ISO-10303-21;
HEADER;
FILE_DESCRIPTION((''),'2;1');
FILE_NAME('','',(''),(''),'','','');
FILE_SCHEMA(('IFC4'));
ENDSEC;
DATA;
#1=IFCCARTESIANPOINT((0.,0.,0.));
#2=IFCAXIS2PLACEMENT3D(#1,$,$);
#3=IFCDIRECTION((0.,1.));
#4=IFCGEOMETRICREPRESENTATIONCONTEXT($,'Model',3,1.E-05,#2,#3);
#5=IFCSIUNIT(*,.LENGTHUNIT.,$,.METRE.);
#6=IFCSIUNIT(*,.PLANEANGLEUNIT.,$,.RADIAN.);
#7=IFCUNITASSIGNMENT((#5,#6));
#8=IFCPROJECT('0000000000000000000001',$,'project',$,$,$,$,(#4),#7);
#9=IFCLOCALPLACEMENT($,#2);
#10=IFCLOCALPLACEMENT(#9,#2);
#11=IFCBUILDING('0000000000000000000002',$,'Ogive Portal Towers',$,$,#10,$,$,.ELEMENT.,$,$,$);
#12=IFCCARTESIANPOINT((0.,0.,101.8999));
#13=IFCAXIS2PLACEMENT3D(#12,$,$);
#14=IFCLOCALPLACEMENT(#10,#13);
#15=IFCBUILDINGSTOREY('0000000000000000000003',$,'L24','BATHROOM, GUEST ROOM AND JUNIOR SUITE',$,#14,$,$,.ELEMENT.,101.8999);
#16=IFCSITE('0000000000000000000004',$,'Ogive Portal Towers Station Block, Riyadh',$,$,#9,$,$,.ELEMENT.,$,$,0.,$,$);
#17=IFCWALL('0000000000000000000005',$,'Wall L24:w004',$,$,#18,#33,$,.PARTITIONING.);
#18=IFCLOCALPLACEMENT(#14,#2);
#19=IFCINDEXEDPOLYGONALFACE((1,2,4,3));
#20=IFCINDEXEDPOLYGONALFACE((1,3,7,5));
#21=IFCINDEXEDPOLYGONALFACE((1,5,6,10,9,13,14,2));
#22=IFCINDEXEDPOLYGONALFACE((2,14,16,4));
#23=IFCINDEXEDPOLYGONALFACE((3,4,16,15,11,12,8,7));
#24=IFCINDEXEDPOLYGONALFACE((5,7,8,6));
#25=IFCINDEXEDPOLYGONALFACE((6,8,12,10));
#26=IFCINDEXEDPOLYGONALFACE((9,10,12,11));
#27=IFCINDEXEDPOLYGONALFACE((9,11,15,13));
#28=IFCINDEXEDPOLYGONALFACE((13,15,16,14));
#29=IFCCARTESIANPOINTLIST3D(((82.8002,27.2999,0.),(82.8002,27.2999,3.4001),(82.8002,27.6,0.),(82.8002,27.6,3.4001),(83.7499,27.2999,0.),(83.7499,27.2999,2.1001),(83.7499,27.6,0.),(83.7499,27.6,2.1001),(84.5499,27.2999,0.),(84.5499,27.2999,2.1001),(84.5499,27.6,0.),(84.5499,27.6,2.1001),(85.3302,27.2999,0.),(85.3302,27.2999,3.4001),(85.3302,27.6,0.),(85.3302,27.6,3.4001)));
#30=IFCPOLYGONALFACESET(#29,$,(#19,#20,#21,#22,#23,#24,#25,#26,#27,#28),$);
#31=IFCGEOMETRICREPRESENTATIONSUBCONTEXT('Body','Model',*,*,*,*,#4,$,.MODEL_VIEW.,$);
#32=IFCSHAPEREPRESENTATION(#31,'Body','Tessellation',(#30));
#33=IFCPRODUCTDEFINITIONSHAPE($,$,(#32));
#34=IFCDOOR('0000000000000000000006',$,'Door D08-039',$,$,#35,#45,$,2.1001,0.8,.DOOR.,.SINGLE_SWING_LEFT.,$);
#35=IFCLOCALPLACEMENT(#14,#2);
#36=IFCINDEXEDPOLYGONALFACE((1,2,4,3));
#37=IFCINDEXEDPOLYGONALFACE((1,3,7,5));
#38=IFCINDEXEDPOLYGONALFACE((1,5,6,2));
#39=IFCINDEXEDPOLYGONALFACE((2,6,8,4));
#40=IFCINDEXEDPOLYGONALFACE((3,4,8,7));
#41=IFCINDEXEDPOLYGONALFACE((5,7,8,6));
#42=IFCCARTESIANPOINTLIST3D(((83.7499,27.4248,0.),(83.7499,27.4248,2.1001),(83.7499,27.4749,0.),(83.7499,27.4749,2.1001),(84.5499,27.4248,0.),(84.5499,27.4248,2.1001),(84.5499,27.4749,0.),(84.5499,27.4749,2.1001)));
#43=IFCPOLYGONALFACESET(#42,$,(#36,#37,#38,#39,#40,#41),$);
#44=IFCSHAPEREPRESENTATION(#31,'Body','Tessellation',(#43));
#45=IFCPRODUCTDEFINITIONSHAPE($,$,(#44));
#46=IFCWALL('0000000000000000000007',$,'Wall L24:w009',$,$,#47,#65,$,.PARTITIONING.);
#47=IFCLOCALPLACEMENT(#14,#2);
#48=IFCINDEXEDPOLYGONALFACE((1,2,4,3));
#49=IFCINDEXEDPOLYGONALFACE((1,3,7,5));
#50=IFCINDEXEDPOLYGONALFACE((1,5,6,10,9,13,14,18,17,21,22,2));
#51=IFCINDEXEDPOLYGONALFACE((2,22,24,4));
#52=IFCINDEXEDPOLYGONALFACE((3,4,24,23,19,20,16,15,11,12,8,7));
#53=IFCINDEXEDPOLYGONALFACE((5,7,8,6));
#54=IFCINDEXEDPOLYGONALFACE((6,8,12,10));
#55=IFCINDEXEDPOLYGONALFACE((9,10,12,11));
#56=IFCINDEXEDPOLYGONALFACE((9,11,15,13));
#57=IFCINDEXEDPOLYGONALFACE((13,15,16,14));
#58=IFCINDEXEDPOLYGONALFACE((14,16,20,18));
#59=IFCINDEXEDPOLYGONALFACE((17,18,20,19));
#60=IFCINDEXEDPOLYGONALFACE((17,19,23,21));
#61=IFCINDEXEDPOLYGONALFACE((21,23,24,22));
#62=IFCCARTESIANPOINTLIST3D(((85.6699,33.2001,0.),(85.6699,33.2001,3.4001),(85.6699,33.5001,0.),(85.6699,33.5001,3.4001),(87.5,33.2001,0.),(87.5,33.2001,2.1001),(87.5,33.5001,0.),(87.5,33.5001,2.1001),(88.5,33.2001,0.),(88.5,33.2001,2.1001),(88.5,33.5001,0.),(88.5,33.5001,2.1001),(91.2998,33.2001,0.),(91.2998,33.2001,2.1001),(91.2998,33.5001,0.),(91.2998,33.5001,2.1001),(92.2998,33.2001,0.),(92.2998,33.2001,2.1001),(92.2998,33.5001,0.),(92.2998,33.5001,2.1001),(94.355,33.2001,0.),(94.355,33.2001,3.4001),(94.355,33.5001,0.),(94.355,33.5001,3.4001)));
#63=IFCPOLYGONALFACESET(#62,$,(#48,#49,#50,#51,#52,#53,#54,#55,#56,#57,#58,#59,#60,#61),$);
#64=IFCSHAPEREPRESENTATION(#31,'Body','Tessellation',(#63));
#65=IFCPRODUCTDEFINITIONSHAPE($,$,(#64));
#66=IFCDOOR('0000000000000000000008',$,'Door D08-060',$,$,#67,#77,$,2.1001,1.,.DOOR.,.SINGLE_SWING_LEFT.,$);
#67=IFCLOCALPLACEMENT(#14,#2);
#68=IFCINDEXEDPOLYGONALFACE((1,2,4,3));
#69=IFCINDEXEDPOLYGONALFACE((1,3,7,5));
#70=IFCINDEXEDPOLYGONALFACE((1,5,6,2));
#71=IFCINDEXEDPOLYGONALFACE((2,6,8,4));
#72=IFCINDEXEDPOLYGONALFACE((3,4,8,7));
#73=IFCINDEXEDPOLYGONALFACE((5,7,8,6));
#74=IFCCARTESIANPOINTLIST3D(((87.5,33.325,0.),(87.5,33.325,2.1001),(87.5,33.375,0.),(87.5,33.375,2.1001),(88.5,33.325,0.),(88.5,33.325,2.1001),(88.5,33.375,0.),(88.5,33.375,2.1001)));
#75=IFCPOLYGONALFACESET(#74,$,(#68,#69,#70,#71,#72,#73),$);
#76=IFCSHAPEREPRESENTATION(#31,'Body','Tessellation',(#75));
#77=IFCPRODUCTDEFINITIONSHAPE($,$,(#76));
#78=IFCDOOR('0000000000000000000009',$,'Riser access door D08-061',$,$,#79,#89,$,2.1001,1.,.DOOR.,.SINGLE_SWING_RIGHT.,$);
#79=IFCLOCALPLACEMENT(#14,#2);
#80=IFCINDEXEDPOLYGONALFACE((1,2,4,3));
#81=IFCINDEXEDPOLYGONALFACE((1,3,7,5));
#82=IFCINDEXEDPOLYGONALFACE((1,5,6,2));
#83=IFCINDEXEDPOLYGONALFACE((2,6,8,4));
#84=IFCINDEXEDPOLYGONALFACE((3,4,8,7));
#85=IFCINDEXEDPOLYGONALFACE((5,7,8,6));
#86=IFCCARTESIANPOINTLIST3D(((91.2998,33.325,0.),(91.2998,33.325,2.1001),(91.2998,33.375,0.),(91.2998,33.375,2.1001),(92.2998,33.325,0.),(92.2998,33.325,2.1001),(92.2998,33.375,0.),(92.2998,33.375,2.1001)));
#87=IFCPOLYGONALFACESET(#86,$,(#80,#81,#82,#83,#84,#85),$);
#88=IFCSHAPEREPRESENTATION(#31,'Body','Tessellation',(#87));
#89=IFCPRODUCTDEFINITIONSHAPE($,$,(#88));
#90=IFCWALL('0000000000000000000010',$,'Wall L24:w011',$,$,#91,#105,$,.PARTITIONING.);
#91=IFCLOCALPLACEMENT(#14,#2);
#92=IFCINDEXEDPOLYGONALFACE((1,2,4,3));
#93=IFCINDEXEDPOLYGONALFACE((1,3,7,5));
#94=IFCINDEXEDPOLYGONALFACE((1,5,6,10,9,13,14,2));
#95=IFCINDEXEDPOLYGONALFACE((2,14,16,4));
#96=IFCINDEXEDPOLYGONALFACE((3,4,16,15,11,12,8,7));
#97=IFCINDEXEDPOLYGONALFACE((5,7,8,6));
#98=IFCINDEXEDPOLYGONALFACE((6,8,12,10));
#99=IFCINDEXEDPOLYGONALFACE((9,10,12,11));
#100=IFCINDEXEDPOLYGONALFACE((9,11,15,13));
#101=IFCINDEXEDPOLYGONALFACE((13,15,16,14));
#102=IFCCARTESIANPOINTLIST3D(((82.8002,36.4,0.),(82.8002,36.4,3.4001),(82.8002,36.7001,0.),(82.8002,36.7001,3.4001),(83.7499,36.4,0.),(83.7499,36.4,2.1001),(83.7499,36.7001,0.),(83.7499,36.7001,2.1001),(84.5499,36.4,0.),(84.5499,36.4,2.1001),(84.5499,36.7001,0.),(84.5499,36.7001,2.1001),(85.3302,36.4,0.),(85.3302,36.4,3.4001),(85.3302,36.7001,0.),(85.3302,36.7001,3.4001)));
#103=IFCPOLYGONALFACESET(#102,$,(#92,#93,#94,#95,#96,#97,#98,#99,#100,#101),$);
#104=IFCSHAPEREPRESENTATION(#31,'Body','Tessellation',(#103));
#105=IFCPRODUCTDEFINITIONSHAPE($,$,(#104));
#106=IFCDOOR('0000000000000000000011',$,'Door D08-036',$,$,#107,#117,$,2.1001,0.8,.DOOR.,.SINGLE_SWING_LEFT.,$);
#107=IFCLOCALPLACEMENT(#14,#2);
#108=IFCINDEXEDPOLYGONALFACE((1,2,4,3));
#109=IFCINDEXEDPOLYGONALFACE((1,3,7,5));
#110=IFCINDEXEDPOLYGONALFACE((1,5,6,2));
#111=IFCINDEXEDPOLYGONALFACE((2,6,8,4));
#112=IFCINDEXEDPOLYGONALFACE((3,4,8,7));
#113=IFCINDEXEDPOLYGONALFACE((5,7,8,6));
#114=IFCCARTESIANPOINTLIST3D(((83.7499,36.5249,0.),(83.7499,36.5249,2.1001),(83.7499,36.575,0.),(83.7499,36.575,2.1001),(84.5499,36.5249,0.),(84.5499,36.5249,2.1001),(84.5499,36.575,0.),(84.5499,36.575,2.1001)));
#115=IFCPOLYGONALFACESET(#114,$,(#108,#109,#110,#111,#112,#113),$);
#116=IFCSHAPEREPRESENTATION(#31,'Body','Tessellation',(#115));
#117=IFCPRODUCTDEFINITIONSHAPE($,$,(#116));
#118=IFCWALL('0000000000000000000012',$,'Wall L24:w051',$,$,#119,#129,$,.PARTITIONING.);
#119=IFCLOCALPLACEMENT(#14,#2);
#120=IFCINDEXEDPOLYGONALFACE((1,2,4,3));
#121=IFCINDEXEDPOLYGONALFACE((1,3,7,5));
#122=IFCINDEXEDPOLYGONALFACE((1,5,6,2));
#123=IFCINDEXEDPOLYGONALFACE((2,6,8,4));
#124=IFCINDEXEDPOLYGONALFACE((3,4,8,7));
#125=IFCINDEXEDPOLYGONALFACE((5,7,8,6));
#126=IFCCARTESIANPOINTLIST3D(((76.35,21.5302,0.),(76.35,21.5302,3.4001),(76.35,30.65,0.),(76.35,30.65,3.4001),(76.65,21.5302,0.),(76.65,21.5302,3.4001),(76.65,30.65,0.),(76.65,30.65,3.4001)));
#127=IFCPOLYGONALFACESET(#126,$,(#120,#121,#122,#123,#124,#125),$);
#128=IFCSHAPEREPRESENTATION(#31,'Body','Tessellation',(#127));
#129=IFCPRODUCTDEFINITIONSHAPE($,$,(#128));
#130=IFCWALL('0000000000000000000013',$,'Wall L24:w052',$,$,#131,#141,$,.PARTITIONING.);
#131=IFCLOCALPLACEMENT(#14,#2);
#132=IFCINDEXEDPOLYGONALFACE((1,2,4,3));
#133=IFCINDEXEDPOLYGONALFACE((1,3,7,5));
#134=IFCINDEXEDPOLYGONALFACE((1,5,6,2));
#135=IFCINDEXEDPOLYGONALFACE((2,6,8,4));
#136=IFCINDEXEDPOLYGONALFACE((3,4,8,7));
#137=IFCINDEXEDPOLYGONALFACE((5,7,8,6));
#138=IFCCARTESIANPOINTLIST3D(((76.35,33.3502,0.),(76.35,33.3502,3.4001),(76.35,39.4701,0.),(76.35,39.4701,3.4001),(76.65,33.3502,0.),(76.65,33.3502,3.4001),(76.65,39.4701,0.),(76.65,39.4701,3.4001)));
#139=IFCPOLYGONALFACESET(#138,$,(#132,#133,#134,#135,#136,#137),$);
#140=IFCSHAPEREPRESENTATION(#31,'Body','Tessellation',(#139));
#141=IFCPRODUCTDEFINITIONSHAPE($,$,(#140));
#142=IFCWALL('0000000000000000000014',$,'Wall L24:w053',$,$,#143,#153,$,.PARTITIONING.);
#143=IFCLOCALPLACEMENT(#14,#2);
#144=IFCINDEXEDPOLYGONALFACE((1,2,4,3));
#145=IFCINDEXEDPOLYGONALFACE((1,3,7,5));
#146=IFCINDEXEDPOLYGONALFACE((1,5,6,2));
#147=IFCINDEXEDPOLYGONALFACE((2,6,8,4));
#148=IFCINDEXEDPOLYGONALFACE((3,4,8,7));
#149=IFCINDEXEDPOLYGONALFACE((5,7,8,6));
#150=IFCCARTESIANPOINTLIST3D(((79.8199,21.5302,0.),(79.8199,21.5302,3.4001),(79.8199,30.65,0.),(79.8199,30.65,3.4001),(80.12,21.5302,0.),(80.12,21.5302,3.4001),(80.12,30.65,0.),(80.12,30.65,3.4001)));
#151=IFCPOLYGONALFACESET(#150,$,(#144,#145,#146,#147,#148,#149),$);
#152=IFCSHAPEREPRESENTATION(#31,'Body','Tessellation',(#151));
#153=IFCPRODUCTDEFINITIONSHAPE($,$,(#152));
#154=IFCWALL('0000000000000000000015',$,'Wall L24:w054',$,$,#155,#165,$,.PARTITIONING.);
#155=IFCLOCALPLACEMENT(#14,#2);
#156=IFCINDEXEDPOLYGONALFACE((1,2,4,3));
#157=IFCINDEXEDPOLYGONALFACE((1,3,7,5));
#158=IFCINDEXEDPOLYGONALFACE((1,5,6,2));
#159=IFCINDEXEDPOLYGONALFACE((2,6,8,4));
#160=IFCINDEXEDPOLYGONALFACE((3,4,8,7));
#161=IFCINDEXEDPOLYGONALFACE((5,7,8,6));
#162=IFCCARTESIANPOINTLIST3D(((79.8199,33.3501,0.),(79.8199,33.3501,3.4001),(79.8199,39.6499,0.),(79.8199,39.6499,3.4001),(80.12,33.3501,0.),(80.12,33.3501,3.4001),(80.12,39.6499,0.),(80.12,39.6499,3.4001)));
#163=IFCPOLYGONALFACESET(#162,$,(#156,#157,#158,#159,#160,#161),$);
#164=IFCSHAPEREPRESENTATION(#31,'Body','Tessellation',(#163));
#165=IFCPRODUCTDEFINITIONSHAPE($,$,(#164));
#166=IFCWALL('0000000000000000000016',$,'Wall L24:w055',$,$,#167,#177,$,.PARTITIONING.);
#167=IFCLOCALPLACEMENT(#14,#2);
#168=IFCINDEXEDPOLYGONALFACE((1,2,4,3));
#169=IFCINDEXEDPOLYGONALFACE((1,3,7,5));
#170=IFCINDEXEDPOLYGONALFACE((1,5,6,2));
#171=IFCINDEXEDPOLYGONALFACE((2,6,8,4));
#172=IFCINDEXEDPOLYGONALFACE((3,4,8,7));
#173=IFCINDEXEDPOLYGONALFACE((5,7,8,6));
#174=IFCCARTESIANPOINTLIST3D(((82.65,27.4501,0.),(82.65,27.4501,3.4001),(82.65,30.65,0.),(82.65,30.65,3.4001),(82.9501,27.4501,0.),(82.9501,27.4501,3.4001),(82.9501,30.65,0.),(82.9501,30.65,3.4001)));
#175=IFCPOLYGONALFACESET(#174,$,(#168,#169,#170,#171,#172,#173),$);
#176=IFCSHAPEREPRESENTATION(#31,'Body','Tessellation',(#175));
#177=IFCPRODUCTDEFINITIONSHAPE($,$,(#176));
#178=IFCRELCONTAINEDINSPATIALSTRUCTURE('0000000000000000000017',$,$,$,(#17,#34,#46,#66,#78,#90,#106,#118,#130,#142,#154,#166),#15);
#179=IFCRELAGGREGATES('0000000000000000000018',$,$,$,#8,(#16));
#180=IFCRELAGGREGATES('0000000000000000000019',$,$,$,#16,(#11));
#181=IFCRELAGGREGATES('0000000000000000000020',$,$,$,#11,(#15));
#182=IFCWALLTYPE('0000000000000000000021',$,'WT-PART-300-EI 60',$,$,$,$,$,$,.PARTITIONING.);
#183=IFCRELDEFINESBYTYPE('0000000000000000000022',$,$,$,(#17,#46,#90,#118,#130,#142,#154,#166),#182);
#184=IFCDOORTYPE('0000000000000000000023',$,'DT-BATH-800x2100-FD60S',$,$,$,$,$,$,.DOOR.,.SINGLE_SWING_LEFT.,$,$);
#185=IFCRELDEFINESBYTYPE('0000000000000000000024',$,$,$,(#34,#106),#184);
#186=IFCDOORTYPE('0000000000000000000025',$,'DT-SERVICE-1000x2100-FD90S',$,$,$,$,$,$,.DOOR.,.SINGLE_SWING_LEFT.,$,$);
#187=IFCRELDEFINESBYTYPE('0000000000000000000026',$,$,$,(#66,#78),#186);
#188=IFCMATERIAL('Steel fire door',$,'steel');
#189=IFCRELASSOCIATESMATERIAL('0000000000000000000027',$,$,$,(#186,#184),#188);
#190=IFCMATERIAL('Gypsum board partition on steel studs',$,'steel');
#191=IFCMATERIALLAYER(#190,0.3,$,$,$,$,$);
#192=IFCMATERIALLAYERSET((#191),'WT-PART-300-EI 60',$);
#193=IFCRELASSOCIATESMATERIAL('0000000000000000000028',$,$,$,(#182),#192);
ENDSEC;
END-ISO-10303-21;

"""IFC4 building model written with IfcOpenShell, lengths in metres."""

from ifc_helpers import new_model, si_unit, direction, frame, frame_2d, origin, place, context, subcontext, project, spatial, rectangle, extrude, material, layer, layer_set, type_object, element, fill, save


model = new_model("IFC4")

# Units and contexts
model_context = context("Model", 3, precision=1e-05, world=origin(), true_north=direction((0.0, 1.0)))
body_context = subcontext(model_context, "Body", "Model", "MODEL_VIEW")
ifc_project = project(units=[si_unit("LENGTHUNIT", "METRE"), si_unit("PLANEANGLEUNIT", "RADIAN")], contexts=[model_context])

# Site, building, storey
site_placement = place(None, origin())
site = spatial("IfcSite", under=ifc_project, at=site_placement, Name="Ogive Portal Towers Station Block, Riyadh", CompositionType="ELEMENT", RefElevation=0.0)
building_placement = place(site_placement, origin())
building = spatial("IfcBuilding", under=site, at=building_placement, Name="Ogive Portal Towers", CompositionType="ELEMENT")
storey_placement = place(building_placement, frame((0.0, 0.0, 101.8999)))
storey = spatial("IfcBuildingStorey", under=building, at=storey_placement, Name="L24", Description="BATHROOM, GUEST ROOM AND JUNIOR SUITE", CompositionType="ELEMENT", Elevation=101.8999)

# Shared definitions
ifc_material_1 = material(Name="Steel fire door", Category="steel")

# Shared definitions
door_type_1 = type_object("IfcDoorType", Name="DT-SERVICE-1000x2100-FD90S", OperationType="SINGLE_SWING_LEFT", PredefinedType="DOOR", material=ifc_material_1)

# Wall, opening, door
ifc_material_2 = material(Name="Gypsum board partition on steel studs", Category="steel")
ifc_layer_1 = layer(ifc_material_2, 0.3)
ifc_layer_set_1 = layer_set([ifc_layer_1], Name="WT-PART-300-EI 60")
wall_type_1 = type_object("IfcWallType", Name="WT-PART-300-EI 60", PredefinedType="PARTITIONING", material=ifc_layer_set_1)
wall_1_placement = place(storey_placement, frame((82.8, 27.45, 0.0), z_axis=(0.0, 0.0, 1.0), x_axis=(1.0, 0.0, 0.0)))
wall_1 = element("IfcWall", 1, at=wall_1_placement, inside=storey, type_object=wall_type_1, Name="Wall L24:w004", PredefinedType="PARTITIONING", context=body_context, shape_type="SweptSolid", body=[
    extrude(rectangle(XDim=2.53, YDim=0.3, at=frame_2d((1.2651, 0.0))), origin(), (0.0, 0.0, 1.0), 3.4001),
])
opening_1_placement = place(wall_1_placement, frame((0.95, 0.0, 0.0)))
opening_1 = element("IfcOpeningElement", 2, at=opening_1_placement, cuts=wall_1, PredefinedType="OPENING", context=body_context, shape_type="SweptSolid", body=[
    extrude(rectangle(XDim=0.8, YDim=2.1001, at=frame_2d((0.3999, 1.05))), frame((0.0, 0.1602, 0.0), z_axis=(0.0, -1.0, 0.0), x_axis=(1.0, 0.0, 0.0)), (0.0, 0.0, 1.0), 0.3201),
])
door_type_2 = type_object("IfcDoorType", Name="DT-BATH-800x2100-FD60S", OperationType="SINGLE_SWING_LEFT", PredefinedType="DOOR", material=ifc_material_1)
door_1_placement = place(opening_1_placement, origin())
door_1 = element("IfcDoor", 3, at=door_1_placement, inside=storey, type_object=door_type_2, Name="Door D08-039", OperationType="SINGLE_SWING_LEFT", OverallHeight=2.1001, OverallWidth=0.8, PredefinedType="DOOR", context=body_context, shape_type="SweptSolid", body=[
    extrude(rectangle(XDim=0.8, YDim=2.1001, at=frame_2d((0.3999, 1.05))), frame((0.0, 0.0249, 0.0), z_axis=(0.0, -1.0, 0.0), x_axis=(1.0, 0.0, 0.0)), (0.0, 0.0, 1.0), 0.05),
])
fill(opening_1, door_1)

# Wall, openings, doors
wall_2_placement = place(storey_placement, frame((85.6699, 33.3501, 0.0), z_axis=(0.0, 0.0, 1.0), x_axis=(1.0, 0.0, 0.0)))
wall_2 = element("IfcWall", 4, at=wall_2_placement, inside=storey, type_object=wall_type_1, Name="Wall L24:w009", PredefinedType="PARTITIONING", context=body_context, shape_type="SweptSolid", body=[
    extrude(rectangle(XDim=8.6851, YDim=0.3, at=frame_2d((4.3425, 0.0))), origin(), (0.0, 0.0, 1.0), 3.4001),
])
opening_2_placement = place(wall_2_placement, frame((1.8301, 0.0, 0.0)))
opening_2 = element("IfcOpeningElement", 5, at=opening_2_placement, cuts=wall_2, PredefinedType="OPENING", context=body_context, shape_type="SweptSolid", body=[
    extrude(rectangle(XDim=1.0, YDim=2.1001, at=frame_2d((0.5, 1.05))), frame((0.0, 0.1602, 0.0), z_axis=(0.0, -1.0, 0.0), x_axis=(1.0, 0.0, 0.0)), (0.0, 0.0, 1.0), 0.3201),
])
opening_3_placement = place(wall_2_placement, frame((5.6299, 0.0, 0.0)))
opening_3 = element("IfcOpeningElement", 6, at=opening_3_placement, cuts=wall_2, PredefinedType="OPENING", context=body_context, shape_type="SweptSolid", body=[
    extrude(rectangle(XDim=1.0, YDim=2.1001, at=frame_2d((0.5, 1.05))), frame((0.0, 0.1602, 0.0), z_axis=(0.0, -1.0, 0.0), x_axis=(1.0, 0.0, 0.0)), (0.0, 0.0, 1.0), 0.3201),
])
door_2_placement = place(opening_2_placement, origin())
door_2 = element("IfcDoor", 7, at=door_2_placement, inside=storey, type_object=door_type_1, Name="Door D08-060", OperationType="SINGLE_SWING_LEFT", OverallHeight=2.1001, OverallWidth=1.0, PredefinedType="DOOR", context=body_context, shape_type="SweptSolid", body=[
    extrude(rectangle(XDim=1.0, YDim=2.1001, at=frame_2d((0.5, 1.05))), frame((0.0, 0.0249, 0.0), z_axis=(0.0, -1.0, 0.0), x_axis=(1.0, 0.0, 0.0)), (0.0, 0.0, 1.0), 0.05),
])
fill(opening_2, door_2)
door_3_placement = place(opening_3_placement, origin())
door_3 = element("IfcDoor", 8, at=door_3_placement, inside=storey, type_object=door_type_1, Name="Riser access door D08-061", OperationType="SINGLE_SWING_RIGHT", OverallHeight=2.1001, OverallWidth=1.0, PredefinedType="DOOR", context=body_context, shape_type="SweptSolid", body=[
    extrude(rectangle(XDim=1.0, YDim=2.1001, at=frame_2d((0.5, 1.05))), frame((0.0, 0.0249, 0.0), z_axis=(0.0, -1.0, 0.0), x_axis=(1.0, 0.0, 0.0)), (0.0, 0.0, 1.0), 0.05),
])
fill(opening_3, door_3)

# Wall, opening, door
wall_3_placement = place(storey_placement, frame((82.8, 36.55, 0.0), z_axis=(0.0, 0.0, 1.0), x_axis=(1.0, 0.0, 0.0)))
wall_3 = element("IfcWall", 9, at=wall_3_placement, inside=storey, type_object=wall_type_1, Name="Wall L24:w011", PredefinedType="PARTITIONING", context=body_context, shape_type="SweptSolid", body=[
    extrude(rectangle(XDim=2.53, YDim=0.3, at=frame_2d((1.2651, 0.0))), origin(), (0.0, 0.0, 1.0), 3.4001),
])
opening_4_placement = place(wall_3_placement, frame((0.95, 0.0, 0.0)))
opening_4 = element("IfcOpeningElement", 10, at=opening_4_placement, cuts=wall_3, PredefinedType="OPENING", context=body_context, shape_type="SweptSolid", body=[
    extrude(rectangle(XDim=0.8, YDim=2.1001, at=frame_2d((0.3999, 1.05))), frame((0.0, 0.1602, 0.0), z_axis=(0.0, -1.0, 0.0), x_axis=(1.0, 0.0, 0.0)), (0.0, 0.0, 1.0), 0.3201),
])
door_4_placement = place(opening_4_placement, origin())
door_4 = element("IfcDoor", 11, at=door_4_placement, inside=storey, type_object=door_type_2, Name="Door D08-036", OperationType="SINGLE_SWING_LEFT", OverallHeight=2.1001, OverallWidth=0.8, PredefinedType="DOOR", context=body_context, shape_type="SweptSolid", body=[
    extrude(rectangle(XDim=0.8, YDim=2.1001, at=frame_2d((0.3999, 1.05))), frame((0.0, 0.0249, 0.0), z_axis=(0.0, -1.0, 0.0), x_axis=(1.0, 0.0, 0.0)), (0.0, 0.0, 1.0), 0.05),
])
fill(opening_4, door_4)

# Walls
wall_4_placement = place(storey_placement, frame((76.5, 21.53, 0.0), z_axis=(0.0, 0.0, 1.0), x_axis=(0.0, 1.0, 0.0)))
element("IfcWall", 12, at=wall_4_placement, inside=storey, type_object=wall_type_1, Name="Wall L24:w051", PredefinedType="PARTITIONING", context=body_context, shape_type="SweptSolid", body=[
    extrude(rectangle(XDim=9.1199, YDim=0.3, at=frame_2d((4.5601, 0.0))), origin(), (0.0, 0.0, 1.0), 3.4001),
])
wall_5_placement = place(storey_placement, frame((76.5, 33.3501, 0.0), z_axis=(0.0, 0.0, 1.0), x_axis=(0.0, 1.0, 0.0)))
element("IfcWall", 13, at=wall_5_placement, inside=storey, type_object=wall_type_1, Name="Wall L24:w052", PredefinedType="PARTITIONING", context=body_context, shape_type="SweptSolid", body=[
    extrude(rectangle(XDim=6.1199, YDim=0.3, at=frame_2d((3.0601, 0.0))), origin(), (0.0, 0.0, 1.0), 3.4001),
])
wall_6_placement = place(storey_placement, frame((79.97, 21.53, 0.0), z_axis=(0.0, 0.0, 1.0), x_axis=(0.0, 1.0, 0.0)))
element("IfcWall", 14, at=wall_6_placement, inside=storey, type_object=wall_type_1, Name="Wall L24:w053", PredefinedType="PARTITIONING", context=body_context, shape_type="SweptSolid", body=[
    extrude(rectangle(XDim=9.1199, YDim=0.3, at=frame_2d((4.5601, 0.0))), origin(), (0.0, 0.0, 1.0), 3.4001),
])
wall_7_placement = place(storey_placement, frame((79.97, 33.3501, 0.0), z_axis=(0.0, 0.0, 1.0), x_axis=(0.0, 1.0, 0.0)))
element("IfcWall", 15, at=wall_7_placement, inside=storey, type_object=wall_type_1, Name="Wall L24:w054", PredefinedType="PARTITIONING", context=body_context, shape_type="SweptSolid", body=[
    extrude(rectangle(XDim=6.2998, YDim=0.3, at=frame_2d((3.1499, 0.0))), origin(), (0.0, 0.0, 1.0), 3.4001),
])
for number, where, z_axis, x_axis, name in (
    (16, (82.8, 27.45, 0.0), (0.0, 0.0, 1.0), (0.0, 1.0, 0.0), "Wall L24:w055"),
):
    element("IfcWall", number, at=place(storey_placement, frame(where, z_axis=z_axis, x_axis=x_axis)), inside=storey, type_object=wall_type_1, Name=name, PredefinedType="PARTITIONING", context=body_context, shape_type="SweptSolid", body=[
        extrude(rectangle(XDim=3.2, YDim=0.3, at=frame_2d((1.6001, 0.0))), origin(), (0.0, 0.0, 1.0), 3.4001),
    ])

save(model, "model.ifc")
